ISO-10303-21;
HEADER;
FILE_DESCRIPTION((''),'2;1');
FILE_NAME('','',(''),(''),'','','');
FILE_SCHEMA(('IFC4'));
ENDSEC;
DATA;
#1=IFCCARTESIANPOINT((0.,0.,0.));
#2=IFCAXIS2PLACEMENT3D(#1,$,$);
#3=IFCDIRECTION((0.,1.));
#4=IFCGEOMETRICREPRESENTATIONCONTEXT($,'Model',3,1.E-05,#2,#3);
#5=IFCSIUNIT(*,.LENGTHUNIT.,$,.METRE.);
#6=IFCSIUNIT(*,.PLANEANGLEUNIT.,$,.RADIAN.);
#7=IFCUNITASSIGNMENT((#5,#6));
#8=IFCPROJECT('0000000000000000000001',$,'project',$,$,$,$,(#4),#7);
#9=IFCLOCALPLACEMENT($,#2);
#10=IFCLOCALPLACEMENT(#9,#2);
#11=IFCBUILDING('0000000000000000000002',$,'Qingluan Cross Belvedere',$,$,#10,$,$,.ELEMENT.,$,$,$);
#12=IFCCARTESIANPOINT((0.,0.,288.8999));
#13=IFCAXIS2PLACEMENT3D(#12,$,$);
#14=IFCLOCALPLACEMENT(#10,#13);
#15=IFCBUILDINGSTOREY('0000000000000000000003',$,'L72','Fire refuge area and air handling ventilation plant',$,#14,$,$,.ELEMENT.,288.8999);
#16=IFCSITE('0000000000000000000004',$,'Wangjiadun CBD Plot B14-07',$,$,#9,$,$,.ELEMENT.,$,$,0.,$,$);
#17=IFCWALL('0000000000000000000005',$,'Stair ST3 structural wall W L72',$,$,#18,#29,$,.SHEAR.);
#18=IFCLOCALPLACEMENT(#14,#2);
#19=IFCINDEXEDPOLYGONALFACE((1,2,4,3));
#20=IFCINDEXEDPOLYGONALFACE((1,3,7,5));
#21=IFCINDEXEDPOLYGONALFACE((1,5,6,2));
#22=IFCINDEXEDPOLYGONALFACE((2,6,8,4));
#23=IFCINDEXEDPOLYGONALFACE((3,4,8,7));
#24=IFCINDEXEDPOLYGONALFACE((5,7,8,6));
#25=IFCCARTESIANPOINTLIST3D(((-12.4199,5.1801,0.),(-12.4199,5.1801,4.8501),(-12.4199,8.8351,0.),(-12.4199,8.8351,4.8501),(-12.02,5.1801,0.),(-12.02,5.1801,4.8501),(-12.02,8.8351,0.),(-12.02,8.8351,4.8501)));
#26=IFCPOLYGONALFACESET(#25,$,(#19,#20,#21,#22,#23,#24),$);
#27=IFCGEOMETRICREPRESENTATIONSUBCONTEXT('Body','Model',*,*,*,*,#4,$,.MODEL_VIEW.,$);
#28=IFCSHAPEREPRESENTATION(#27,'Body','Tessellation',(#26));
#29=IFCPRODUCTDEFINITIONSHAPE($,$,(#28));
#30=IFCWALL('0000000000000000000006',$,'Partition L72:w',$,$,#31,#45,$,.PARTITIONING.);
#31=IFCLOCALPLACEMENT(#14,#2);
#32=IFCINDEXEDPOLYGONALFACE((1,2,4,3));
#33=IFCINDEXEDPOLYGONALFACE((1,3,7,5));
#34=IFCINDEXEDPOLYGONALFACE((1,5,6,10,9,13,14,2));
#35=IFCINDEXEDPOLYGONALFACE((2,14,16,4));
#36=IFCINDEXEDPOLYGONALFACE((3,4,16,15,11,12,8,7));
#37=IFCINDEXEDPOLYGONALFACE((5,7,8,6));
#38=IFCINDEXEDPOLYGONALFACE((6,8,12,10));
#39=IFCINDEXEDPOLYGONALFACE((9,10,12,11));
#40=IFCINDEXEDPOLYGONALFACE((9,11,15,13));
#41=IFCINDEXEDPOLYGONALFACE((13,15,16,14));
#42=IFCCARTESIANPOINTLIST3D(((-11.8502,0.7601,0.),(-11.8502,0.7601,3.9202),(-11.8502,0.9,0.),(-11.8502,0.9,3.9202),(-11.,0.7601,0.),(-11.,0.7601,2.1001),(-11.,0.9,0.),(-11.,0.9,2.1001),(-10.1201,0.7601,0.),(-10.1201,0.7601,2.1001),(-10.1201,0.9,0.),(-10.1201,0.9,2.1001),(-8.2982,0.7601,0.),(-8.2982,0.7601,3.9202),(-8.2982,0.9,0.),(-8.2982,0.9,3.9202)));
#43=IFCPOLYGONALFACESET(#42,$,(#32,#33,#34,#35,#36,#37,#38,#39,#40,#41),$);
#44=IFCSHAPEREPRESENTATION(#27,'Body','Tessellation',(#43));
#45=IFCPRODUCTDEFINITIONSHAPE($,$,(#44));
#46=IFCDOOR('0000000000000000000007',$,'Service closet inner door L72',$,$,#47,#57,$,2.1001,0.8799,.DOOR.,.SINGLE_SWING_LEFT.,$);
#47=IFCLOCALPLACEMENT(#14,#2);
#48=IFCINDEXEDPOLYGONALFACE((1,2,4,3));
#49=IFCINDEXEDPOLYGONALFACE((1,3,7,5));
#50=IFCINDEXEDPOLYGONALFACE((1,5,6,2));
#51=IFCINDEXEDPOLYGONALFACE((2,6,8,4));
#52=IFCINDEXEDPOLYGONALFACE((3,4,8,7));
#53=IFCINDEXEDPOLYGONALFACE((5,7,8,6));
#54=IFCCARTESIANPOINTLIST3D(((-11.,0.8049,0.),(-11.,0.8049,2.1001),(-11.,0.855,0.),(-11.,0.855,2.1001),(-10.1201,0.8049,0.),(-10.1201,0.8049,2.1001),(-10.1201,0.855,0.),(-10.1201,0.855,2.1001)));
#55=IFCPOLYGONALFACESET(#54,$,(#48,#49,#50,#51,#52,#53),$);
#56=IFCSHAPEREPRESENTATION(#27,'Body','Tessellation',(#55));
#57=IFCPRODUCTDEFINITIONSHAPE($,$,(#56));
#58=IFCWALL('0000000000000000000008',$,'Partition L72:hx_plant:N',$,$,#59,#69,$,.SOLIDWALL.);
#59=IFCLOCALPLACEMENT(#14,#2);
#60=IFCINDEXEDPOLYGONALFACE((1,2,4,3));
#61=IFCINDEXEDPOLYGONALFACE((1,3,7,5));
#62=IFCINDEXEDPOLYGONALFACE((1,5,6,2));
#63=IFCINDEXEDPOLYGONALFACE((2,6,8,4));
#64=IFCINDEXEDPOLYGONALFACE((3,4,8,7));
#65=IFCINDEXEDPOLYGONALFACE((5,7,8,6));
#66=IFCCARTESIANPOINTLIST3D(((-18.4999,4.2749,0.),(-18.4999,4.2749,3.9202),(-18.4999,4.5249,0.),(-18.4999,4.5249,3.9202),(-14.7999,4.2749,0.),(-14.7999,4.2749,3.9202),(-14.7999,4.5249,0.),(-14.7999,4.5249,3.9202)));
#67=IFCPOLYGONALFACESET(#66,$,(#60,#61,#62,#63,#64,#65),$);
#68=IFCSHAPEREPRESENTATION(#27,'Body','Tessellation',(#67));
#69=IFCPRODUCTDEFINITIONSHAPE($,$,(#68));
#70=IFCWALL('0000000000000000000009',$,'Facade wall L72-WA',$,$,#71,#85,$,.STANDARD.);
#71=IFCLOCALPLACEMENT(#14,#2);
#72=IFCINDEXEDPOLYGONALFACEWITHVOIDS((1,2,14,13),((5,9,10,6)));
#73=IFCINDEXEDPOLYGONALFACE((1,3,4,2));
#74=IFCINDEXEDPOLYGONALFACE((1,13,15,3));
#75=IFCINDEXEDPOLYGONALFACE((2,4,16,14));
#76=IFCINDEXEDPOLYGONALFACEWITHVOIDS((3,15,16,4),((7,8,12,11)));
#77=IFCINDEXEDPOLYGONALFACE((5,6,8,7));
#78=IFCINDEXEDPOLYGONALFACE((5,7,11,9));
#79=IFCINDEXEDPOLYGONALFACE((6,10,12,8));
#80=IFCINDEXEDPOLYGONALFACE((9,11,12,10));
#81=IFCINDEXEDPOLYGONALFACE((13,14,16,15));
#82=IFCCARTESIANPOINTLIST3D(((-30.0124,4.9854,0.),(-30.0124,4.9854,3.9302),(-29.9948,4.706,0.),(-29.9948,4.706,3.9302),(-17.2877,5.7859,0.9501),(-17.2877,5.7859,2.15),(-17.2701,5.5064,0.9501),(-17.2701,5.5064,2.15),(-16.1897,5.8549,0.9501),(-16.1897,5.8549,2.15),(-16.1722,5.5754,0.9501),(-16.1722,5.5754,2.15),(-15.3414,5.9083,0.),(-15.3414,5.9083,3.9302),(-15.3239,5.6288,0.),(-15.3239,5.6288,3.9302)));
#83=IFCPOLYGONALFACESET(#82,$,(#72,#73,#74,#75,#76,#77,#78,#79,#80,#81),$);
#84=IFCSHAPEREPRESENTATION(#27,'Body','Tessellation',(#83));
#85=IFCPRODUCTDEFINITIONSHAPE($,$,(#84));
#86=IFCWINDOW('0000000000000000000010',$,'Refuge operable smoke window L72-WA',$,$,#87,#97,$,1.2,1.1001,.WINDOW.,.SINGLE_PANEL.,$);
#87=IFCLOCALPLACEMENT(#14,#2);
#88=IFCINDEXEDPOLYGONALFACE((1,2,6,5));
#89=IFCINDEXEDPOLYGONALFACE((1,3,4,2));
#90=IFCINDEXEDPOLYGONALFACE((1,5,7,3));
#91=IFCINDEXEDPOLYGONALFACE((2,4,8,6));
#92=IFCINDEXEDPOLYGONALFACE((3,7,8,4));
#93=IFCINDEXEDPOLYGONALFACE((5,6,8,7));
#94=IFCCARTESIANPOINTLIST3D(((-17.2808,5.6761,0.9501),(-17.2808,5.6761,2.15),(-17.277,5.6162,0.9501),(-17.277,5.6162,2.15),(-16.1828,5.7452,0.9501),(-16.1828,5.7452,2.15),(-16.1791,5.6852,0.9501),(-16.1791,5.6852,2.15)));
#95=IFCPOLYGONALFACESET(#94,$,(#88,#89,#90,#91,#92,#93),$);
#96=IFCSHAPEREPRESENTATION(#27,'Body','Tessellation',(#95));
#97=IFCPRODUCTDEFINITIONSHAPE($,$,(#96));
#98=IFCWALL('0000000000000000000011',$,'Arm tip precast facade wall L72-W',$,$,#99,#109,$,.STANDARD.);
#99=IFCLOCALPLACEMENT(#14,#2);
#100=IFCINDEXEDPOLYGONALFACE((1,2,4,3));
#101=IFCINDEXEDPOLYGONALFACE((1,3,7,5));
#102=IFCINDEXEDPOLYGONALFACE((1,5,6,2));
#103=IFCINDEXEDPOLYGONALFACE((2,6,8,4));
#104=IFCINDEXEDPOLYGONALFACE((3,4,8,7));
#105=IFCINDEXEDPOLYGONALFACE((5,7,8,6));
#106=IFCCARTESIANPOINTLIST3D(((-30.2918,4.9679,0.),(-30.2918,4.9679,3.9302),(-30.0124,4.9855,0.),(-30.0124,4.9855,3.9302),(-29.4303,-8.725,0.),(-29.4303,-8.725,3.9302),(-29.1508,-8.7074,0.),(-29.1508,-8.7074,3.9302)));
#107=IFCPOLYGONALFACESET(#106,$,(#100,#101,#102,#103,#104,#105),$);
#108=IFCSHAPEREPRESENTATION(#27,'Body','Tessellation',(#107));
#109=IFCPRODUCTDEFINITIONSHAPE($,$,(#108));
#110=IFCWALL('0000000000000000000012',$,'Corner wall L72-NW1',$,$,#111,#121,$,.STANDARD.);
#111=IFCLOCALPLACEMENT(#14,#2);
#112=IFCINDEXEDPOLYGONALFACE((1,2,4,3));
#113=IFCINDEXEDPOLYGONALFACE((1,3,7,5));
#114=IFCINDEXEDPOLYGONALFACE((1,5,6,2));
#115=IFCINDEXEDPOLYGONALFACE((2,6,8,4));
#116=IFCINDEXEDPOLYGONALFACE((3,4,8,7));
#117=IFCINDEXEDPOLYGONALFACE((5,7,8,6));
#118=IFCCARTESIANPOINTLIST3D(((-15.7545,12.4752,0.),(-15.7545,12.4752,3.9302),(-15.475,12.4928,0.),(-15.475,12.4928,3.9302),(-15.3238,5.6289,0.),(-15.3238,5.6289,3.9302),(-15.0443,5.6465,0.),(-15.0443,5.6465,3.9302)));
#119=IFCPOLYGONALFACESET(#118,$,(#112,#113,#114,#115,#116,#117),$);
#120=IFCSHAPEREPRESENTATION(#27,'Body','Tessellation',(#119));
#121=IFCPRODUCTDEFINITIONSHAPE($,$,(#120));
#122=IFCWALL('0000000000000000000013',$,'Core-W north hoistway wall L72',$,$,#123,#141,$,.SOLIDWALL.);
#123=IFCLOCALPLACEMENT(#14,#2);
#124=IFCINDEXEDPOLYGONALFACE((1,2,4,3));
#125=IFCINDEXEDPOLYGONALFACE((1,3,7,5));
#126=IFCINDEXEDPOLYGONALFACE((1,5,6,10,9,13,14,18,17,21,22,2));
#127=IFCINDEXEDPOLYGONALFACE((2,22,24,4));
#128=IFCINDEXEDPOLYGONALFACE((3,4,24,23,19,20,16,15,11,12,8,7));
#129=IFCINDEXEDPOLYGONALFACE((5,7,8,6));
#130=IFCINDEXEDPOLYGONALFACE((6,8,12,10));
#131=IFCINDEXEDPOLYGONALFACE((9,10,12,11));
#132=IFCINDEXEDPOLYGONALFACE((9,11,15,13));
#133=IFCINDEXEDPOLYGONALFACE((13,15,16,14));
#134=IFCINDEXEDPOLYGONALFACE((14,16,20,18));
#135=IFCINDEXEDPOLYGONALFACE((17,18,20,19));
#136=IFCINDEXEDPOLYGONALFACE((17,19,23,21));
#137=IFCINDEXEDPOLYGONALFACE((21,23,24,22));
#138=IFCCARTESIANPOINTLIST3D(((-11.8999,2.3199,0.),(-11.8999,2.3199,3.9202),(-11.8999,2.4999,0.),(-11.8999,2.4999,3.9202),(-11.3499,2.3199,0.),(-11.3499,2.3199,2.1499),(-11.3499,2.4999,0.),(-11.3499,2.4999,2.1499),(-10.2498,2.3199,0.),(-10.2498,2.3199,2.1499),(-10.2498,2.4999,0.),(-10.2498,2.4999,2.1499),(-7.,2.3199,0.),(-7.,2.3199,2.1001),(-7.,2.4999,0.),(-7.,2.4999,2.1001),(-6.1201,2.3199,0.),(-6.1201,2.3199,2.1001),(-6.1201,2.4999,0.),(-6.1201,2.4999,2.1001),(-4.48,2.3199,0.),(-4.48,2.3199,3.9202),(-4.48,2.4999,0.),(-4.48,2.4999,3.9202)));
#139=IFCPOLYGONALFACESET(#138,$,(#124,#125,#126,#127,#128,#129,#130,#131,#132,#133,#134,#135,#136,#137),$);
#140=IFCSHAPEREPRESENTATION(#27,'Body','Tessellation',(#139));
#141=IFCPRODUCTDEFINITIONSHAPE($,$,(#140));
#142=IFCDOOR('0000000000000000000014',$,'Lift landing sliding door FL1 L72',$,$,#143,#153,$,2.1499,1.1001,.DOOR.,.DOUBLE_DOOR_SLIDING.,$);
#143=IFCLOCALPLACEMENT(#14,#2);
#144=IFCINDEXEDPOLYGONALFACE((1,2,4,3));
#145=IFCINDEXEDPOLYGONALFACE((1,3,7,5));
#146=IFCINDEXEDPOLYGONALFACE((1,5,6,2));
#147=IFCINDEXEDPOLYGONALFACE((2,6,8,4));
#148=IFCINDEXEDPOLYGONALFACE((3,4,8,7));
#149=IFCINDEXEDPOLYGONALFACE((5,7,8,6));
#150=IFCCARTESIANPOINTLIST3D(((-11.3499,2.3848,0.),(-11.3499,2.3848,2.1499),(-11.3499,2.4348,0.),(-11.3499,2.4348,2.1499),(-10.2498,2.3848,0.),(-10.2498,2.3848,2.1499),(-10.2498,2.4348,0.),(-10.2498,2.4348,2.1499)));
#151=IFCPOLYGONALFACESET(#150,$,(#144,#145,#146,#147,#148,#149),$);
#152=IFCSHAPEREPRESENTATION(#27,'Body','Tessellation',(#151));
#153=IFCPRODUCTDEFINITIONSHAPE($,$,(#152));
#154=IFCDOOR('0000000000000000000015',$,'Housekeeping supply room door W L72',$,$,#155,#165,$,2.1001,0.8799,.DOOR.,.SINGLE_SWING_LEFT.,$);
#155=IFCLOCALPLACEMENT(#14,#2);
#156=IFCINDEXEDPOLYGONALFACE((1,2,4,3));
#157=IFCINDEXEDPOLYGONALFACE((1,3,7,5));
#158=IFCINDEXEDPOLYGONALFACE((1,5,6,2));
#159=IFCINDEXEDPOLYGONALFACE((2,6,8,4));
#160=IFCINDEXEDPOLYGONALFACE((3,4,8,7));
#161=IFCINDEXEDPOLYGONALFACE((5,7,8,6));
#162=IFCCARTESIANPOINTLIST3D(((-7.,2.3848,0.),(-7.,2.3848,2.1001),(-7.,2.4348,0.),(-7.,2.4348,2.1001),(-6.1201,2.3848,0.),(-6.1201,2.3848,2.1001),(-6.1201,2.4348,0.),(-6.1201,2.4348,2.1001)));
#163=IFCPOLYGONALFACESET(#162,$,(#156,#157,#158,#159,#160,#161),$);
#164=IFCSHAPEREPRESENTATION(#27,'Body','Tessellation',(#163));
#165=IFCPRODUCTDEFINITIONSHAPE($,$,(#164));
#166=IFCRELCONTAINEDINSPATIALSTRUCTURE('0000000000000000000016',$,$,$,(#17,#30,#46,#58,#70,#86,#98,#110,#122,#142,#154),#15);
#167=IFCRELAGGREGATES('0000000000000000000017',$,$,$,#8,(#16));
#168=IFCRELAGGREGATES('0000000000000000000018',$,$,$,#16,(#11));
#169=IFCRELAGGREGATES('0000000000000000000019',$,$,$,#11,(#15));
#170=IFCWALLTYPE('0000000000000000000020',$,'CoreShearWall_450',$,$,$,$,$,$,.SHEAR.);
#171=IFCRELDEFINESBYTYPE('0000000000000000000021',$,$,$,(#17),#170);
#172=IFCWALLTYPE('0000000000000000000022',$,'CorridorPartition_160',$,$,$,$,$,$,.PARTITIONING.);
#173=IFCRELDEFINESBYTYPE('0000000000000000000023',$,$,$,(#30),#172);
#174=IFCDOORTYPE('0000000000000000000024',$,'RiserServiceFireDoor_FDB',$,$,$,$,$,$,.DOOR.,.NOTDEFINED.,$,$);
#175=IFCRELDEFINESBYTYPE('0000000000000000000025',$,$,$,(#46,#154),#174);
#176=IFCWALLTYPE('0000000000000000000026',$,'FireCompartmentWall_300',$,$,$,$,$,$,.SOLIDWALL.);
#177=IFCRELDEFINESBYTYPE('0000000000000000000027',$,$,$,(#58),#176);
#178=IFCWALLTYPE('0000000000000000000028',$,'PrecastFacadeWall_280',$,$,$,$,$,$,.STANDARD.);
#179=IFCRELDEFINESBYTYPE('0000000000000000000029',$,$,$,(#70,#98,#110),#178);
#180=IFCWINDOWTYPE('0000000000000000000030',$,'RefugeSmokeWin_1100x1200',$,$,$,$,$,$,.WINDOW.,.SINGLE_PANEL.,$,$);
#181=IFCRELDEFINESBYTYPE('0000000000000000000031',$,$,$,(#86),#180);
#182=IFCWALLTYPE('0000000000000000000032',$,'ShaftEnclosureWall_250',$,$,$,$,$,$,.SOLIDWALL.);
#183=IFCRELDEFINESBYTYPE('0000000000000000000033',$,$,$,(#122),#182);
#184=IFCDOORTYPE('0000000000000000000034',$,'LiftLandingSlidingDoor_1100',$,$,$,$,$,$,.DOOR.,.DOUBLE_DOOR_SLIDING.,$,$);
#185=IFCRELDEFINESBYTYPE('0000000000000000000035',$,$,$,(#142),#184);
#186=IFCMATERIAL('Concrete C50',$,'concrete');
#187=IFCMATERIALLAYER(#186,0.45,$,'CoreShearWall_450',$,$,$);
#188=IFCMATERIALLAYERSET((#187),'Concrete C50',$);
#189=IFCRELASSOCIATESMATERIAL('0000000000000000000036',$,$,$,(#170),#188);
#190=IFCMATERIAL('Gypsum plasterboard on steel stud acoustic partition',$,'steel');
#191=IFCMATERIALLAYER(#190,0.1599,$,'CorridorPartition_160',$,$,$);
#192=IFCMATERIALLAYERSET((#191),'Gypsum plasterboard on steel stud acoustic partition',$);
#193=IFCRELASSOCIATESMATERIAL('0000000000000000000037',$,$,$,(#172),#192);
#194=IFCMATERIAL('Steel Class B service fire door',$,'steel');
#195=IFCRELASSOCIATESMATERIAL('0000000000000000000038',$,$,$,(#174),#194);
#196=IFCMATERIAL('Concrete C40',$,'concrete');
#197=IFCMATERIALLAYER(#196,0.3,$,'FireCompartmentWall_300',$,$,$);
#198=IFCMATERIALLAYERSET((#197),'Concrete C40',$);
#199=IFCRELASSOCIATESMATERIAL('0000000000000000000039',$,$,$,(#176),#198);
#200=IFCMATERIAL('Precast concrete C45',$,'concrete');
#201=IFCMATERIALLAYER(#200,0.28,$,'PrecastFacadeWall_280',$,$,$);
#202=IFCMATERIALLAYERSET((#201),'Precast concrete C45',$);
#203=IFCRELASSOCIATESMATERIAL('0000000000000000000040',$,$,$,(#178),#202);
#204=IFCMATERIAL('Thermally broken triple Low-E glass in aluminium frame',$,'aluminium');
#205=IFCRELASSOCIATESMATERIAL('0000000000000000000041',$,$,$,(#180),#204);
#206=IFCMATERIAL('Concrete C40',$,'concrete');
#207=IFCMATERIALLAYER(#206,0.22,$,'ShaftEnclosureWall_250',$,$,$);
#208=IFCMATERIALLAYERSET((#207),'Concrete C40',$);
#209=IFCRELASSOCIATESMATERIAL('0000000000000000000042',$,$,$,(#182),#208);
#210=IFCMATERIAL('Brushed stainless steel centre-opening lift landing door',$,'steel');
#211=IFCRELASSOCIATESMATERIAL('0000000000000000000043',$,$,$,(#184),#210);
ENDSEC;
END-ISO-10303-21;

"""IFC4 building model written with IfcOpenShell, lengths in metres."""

from ifc_helpers import new_model, si_unit, direction, frame, frame_2d, origin, place, context, subcontext, project, spatial, rectangle, extrude, material, layer, layer_set, type_object, element, fill, save


model = new_model("IFC4")

# Units and contexts
model_context = context("Model", 3, precision=1e-05, world=origin(), true_north=direction((0.0, 1.0)))
body_context = subcontext(model_context, "Body", "Model", "MODEL_VIEW")
ifc_project = project(units=[si_unit("LENGTHUNIT", "METRE"), si_unit("PLANEANGLEUNIT", "RADIAN")], contexts=[model_context])

# Site, building, storey
site_placement = place(None, origin())
site = spatial("IfcSite", under=ifc_project, at=site_placement, Name="Wangjiadun CBD Plot B14-07", CompositionType="ELEMENT", RefElevation=0.0)
building_placement = place(site_placement, origin())
building = spatial("IfcBuilding", under=site, at=building_placement, Name="Qingluan Cross Belvedere", CompositionType="ELEMENT")
storey_placement = place(building_placement, frame((0.0, 0.0, 288.8999)))
storey = spatial("IfcBuildingStorey", under=building, at=storey_placement, Name="L72", Description="Fire refuge area and air handling ventilation plant", CompositionType="ELEMENT", Elevation=288.8999)

# Wall
ifc_material_1 = material(Name="Concrete C50", Category="concrete")
ifc_layer_1 = layer(ifc_material_1, 0.45, Name="CoreShearWall_450")
ifc_layer_set_1 = layer_set([ifc_layer_1], Name="Concrete C50")
wall_type_1 = type_object("IfcWallType", Name="CoreShearWall_450", PredefinedType="SHEAR", material=ifc_layer_set_1)
wall_1_placement = place(storey_placement, frame((-12.22, 5.1799, 0.0), z_axis=(0.0, 0.0, 1.0), x_axis=(0.0, 1.0, 0.0)))
element("IfcWall", 1, at=wall_1_placement, inside=storey, type_object=wall_type_1, Name="Stair ST3 structural wall W L72", PredefinedType="SHEAR", context=body_context, shape_type="SweptSolid", body=[
    extrude(rectangle(XDim=3.655, YDim=0.3999, at=frame_2d((1.8276, 0.0))), origin(), (0.0, 0.0, 1.0), 4.8501),
])

# Wall, opening, door
ifc_material_2 = material(Name="Gypsum plasterboard on steel stud acoustic partition", Category="steel")
ifc_layer_2 = layer(ifc_material_2, 0.1599, Name="CorridorPartition_160")
ifc_layer_set_2 = layer_set([ifc_layer_2], Name="Gypsum plasterboard on steel stud acoustic partition")
wall_type_2 = type_object("IfcWallType", Name="CorridorPartition_160", PredefinedType="PARTITIONING", material=ifc_layer_set_2)
wall_2_placement = place(storey_placement, frame((-11.8501, 0.8301, 0.0), z_axis=(0.0, 0.0, 1.0), x_axis=(1.0, 0.0, 0.0)))
wall_2 = element("IfcWall", 2, at=wall_2_placement, inside=storey, type_object=wall_type_2, Name="Partition L72:w", PredefinedType="PARTITIONING", context=body_context, shape_type="SweptSolid", body=[
    extrude(rectangle(XDim=3.552, YDim=0.1399, at=frame_2d((1.7759, 0.0))), origin(), (0.0, 0.0, 1.0), 3.9202),
])
opening_1_placement = place(wall_2_placement, frame((0.8501, 0.0, 0.0)))
opening_1 = element("IfcOpeningElement", 3, at=opening_1_placement, cuts=wall_2, PredefinedType="OPENING", context=body_context, shape_type="SweptSolid", body=[
    extrude(rectangle(XDim=0.8799, YDim=2.1001, at=frame_2d((0.4399, 1.05))), frame((0.0, 0.0798, 0.0), z_axis=(0.0, -1.0, 0.0), x_axis=(1.0, 0.0, 0.0)), (0.0, 0.0, 1.0), 0.1599),
])
ifc_material_3 = material(Name="Steel Class B service fire door", Category="steel")
door_type_1 = type_object("IfcDoorType", Name="RiserServiceFireDoor_FDB", OperationType="NOTDEFINED", PredefinedType="DOOR", material=ifc_material_3)
door_1_placement = place(opening_1_placement, origin())
door_1 = element("IfcDoor", 4, at=door_1_placement, inside=storey, type_object=door_type_1, Name="Service closet inner door L72", OperationType="SINGLE_SWING_LEFT", OverallHeight=2.1001, OverallWidth=0.8799, PredefinedType="DOOR", context=body_context, shape_type="SweptSolid", body=[
    extrude(rectangle(XDim=0.8799, YDim=2.1001, at=frame_2d((0.4399, 1.05))), frame((0.0, 0.0249, 0.0), z_axis=(0.0, -1.0, 0.0), x_axis=(1.0, 0.0, 0.0)), (0.0, 0.0, 1.0), 0.05),
])
fill(opening_1, door_1)

# Wall
ifc_material_4 = material(Name="Concrete C40", Category="concrete")
ifc_layer_3 = layer(ifc_material_4, 0.3, Name="FireCompartmentWall_300")
ifc_layer_set_3 = layer_set([ifc_layer_3], Name="Concrete C40")
wall_type_3 = type_object("IfcWallType", Name="FireCompartmentWall_300", PredefinedType="SOLIDWALL", material=ifc_layer_set_3)
wall_3_placement = place(storey_placement, frame((-18.5, 4.3999, 0.0), z_axis=(0.0, 0.0, 1.0), x_axis=(1.0, 0.0, 0.0)))
element("IfcWall", 5, at=wall_3_placement, inside=storey, type_object=wall_type_3, Name="Partition L72:hx_plant:N", PredefinedType="SOLIDWALL", context=body_context, shape_type="SweptSolid", body=[
    extrude(rectangle(XDim=3.7, YDim=0.25, at=frame_2d((1.8501, 0.0))), origin(), (0.0, 0.0, 1.0), 3.9202),
])

# Wall, opening, window
ifc_material_5 = material(Name="Precast concrete C45", Category="concrete")
ifc_layer_4 = layer(ifc_material_5, 0.28, Name="PrecastFacadeWall_280")
ifc_layer_set_4 = layer_set([ifc_layer_4], Name="Precast concrete C45")
wall_type_4 = type_object("IfcWallType", Name="PrecastFacadeWall_280", PredefinedType="STANDARD", material=ifc_layer_set_4)
wall_4_placement = place(storey_placement, frame((-15.3325, 5.7686, 0.0), z_axis=(0.0, 0.0, 1.0), x_axis=(-0.998027, -0.062779, 0.0)))
wall_4 = element("IfcWall", 6, at=wall_4_placement, inside=storey, type_object=wall_type_4, Name="Facade wall L72-WA", PredefinedType="STANDARD", context=body_context, shape_type="SweptSolid", body=[
    extrude(rectangle(XDim=14.7, YDim=0.28, at=frame_2d((7.3501, 0.0))), origin(), (0.0, 0.0, 1.0), 3.9302),
])
opening_2_placement = place(wall_4_placement, frame((0.8501, 0.0, 0.95)))
opening_2 = element("IfcOpeningElement", 7, at=opening_2_placement, cuts=wall_4, PredefinedType="OPENING", context=body_context, shape_type="SweptSolid", body=[
    extrude(rectangle(XDim=1.1001, YDim=1.2, at=frame_2d((0.55, 0.6001))), frame((0.0, 0.1499, 0.0), z_axis=(0.0, -1.0, 0.0), x_axis=(1.0, 0.0, 0.0)), (0.0, 0.0, 1.0), 0.3),
])
ifc_material_6 = material(Name="Thermally broken triple Low-E glass in aluminium frame", Category="aluminium")
window_type = type_object("IfcWindowType", Name="RefugeSmokeWin_1100x1200", PartitioningType="SINGLE_PANEL", PredefinedType="WINDOW", material=ifc_material_6)
window_placement = place(opening_2_placement, origin())
window = element("IfcWindow", 8, at=window_placement, inside=storey, type_object=window_type, Name="Refuge operable smoke window L72-WA", OverallHeight=1.2, OverallWidth=1.1001, PartitioningType="SINGLE_PANEL", PredefinedType="WINDOW", context=body_context, shape_type="SweptSolid", body=[
    extrude(rectangle(XDim=1.1001, YDim=1.2, at=frame_2d((0.55, 0.6001))), frame((0.0, 0.03, 0.0), z_axis=(0.0, -1.0, 0.0), x_axis=(1.0, 0.0, 0.0)), (0.0, 0.0, 1.0), 0.0601),
])
fill(opening_2, window)

# Walls
wall_5_placement = place(storey_placement, frame((-30.1521, 4.9766, 0.0), z_axis=(0.0, 0.0, 1.0), x_axis=(0.062797, -0.998026, 0.0)))
element("IfcWall", 9, at=wall_5_placement, inside=storey, type_object=wall_type_4, Name="Arm tip precast facade wall L72-W", PredefinedType="STANDARD", context=body_context, shape_type="SweptSolid", body=[
    extrude(rectangle(XDim=13.72, YDim=0.28, at=frame_2d((6.8599, 0.0))), origin(), (0.0, 0.0, 1.0), 3.9302),
])
wall_6_placement = place(storey_placement, frame((-15.1841, 5.6377, 0.0), z_axis=(0.0, 0.0, 1.0), x_axis=(-0.062779, 0.998027, 0.0)))
element("IfcWall", 10, at=wall_6_placement, inside=storey, type_object=wall_type_4, Name="Corner wall L72-NW1", PredefinedType="STANDARD", context=body_context, shape_type="SweptSolid", body=[
    extrude(rectangle(XDim=6.8599, YDim=0.28, at=frame_2d((3.4299, 0.0))), origin(), (0.0, 0.0, 1.0), 3.9302),
])

# Wall, openings, doors
ifc_material_7 = material(Name="Concrete C40", Category="concrete")
ifc_layer_5 = layer(ifc_material_7, 0.22, Name="ShaftEnclosureWall_250")
ifc_layer_set_5 = layer_set([ifc_layer_5], Name="Concrete C40")
wall_type_5 = type_object("IfcWallType", Name="ShaftEnclosureWall_250", PredefinedType="SOLIDWALL", material=ifc_layer_set_5)
wall_7_placement = place(storey_placement, frame((-11.8999, 2.4099, 0.0), z_axis=(0.0, 0.0, 1.0), x_axis=(1.0, 0.0, 0.0)))
wall_7 = element("IfcWall", 11, at=wall_7_placement, inside=storey, type_object=wall_type_5, Name="Core-W north hoistway wall L72", PredefinedType="SOLIDWALL", context=body_context, shape_type="SweptSolid", body=[
    extrude(rectangle(XDim=7.4199, YDim=0.1799, at=frame_2d((3.71, 0.0))), origin(), (0.0, 0.0, 1.0), 3.9202),
])
opening_3_placement = place(wall_7_placement, frame((0.55, 0.0, 0.0)))
opening_3 = element("IfcOpeningElement", 12, at=opening_3_placement, cuts=wall_7, PredefinedType="OPENING", context=body_context, shape_type="SweptSolid", body=[
    extrude(rectangle(XDim=1.1001, YDim=2.1499, at=frame_2d((0.55, 1.075))), frame((0.0, 0.0999, 0.0), z_axis=(0.0, -1.0, 0.0), x_axis=(1.0, 0.0, 0.0)), (0.0, 0.0, 1.0), 0.2),
])
opening_4_placement = place(wall_7_placement, frame((4.8999, 0.0, 0.0)))
opening_4 = element("IfcOpeningElement", 13, at=opening_4_placement, cuts=wall_7, PredefinedType="OPENING", context=body_context, shape_type="SweptSolid", body=[
    extrude(rectangle(XDim=0.8799, YDim=2.1001, at=frame_2d((0.4399, 1.05))), frame((0.0, 0.0999, 0.0), z_axis=(0.0, -1.0, 0.0), x_axis=(1.0, 0.0, 0.0)), (0.0, 0.0, 1.0), 0.2),
])
ifc_material_8 = material(Name="Brushed stainless steel centre-opening lift landing door", Category="steel")
door_type_2 = type_object("IfcDoorType", Name="LiftLandingSlidingDoor_1100", OperationType="DOUBLE_DOOR_SLIDING", PredefinedType="DOOR", material=ifc_material_8)
door_2_placement = place(opening_3_placement, origin())
door_2 = element("IfcDoor", 14, at=door_2_placement, inside=storey, type_object=door_type_2, Name="Lift landing sliding door FL1 L72", OperationType="DOUBLE_DOOR_SLIDING", OverallHeight=2.1499, OverallWidth=1.1001, PredefinedType="DOOR", context=body_context, shape_type="SweptSolid", body=[
    extrude(rectangle(XDim=1.1001, YDim=2.1499, at=frame_2d((0.55, 1.075))), frame((0.0, 0.0249, 0.0), z_axis=(0.0, -1.0, 0.0), x_axis=(1.0, 0.0, 0.0)), (0.0, 0.0, 1.0), 0.05),
])
fill(opening_3, door_2)
door_3_placement = place(opening_4_placement, origin())
door_3 = element("IfcDoor", 15, at=door_3_placement, inside=storey, type_object=door_type_1, Name="Housekeeping supply room door W L72", OperationType="SINGLE_SWING_LEFT", OverallHeight=2.1001, OverallWidth=0.8799, PredefinedType="DOOR", context=body_context, shape_type="SweptSolid", body=[
    extrude(rectangle(XDim=0.8799, YDim=2.1001, at=frame_2d((0.4399, 1.05))), frame((0.0, 0.0249, 0.0), z_axis=(0.0, -1.0, 0.0), x_axis=(1.0, 0.0, 0.0)), (0.0, 0.0, 1.0), 0.05),
])
fill(opening_4, door_3)

save(model, "model.ifc")
